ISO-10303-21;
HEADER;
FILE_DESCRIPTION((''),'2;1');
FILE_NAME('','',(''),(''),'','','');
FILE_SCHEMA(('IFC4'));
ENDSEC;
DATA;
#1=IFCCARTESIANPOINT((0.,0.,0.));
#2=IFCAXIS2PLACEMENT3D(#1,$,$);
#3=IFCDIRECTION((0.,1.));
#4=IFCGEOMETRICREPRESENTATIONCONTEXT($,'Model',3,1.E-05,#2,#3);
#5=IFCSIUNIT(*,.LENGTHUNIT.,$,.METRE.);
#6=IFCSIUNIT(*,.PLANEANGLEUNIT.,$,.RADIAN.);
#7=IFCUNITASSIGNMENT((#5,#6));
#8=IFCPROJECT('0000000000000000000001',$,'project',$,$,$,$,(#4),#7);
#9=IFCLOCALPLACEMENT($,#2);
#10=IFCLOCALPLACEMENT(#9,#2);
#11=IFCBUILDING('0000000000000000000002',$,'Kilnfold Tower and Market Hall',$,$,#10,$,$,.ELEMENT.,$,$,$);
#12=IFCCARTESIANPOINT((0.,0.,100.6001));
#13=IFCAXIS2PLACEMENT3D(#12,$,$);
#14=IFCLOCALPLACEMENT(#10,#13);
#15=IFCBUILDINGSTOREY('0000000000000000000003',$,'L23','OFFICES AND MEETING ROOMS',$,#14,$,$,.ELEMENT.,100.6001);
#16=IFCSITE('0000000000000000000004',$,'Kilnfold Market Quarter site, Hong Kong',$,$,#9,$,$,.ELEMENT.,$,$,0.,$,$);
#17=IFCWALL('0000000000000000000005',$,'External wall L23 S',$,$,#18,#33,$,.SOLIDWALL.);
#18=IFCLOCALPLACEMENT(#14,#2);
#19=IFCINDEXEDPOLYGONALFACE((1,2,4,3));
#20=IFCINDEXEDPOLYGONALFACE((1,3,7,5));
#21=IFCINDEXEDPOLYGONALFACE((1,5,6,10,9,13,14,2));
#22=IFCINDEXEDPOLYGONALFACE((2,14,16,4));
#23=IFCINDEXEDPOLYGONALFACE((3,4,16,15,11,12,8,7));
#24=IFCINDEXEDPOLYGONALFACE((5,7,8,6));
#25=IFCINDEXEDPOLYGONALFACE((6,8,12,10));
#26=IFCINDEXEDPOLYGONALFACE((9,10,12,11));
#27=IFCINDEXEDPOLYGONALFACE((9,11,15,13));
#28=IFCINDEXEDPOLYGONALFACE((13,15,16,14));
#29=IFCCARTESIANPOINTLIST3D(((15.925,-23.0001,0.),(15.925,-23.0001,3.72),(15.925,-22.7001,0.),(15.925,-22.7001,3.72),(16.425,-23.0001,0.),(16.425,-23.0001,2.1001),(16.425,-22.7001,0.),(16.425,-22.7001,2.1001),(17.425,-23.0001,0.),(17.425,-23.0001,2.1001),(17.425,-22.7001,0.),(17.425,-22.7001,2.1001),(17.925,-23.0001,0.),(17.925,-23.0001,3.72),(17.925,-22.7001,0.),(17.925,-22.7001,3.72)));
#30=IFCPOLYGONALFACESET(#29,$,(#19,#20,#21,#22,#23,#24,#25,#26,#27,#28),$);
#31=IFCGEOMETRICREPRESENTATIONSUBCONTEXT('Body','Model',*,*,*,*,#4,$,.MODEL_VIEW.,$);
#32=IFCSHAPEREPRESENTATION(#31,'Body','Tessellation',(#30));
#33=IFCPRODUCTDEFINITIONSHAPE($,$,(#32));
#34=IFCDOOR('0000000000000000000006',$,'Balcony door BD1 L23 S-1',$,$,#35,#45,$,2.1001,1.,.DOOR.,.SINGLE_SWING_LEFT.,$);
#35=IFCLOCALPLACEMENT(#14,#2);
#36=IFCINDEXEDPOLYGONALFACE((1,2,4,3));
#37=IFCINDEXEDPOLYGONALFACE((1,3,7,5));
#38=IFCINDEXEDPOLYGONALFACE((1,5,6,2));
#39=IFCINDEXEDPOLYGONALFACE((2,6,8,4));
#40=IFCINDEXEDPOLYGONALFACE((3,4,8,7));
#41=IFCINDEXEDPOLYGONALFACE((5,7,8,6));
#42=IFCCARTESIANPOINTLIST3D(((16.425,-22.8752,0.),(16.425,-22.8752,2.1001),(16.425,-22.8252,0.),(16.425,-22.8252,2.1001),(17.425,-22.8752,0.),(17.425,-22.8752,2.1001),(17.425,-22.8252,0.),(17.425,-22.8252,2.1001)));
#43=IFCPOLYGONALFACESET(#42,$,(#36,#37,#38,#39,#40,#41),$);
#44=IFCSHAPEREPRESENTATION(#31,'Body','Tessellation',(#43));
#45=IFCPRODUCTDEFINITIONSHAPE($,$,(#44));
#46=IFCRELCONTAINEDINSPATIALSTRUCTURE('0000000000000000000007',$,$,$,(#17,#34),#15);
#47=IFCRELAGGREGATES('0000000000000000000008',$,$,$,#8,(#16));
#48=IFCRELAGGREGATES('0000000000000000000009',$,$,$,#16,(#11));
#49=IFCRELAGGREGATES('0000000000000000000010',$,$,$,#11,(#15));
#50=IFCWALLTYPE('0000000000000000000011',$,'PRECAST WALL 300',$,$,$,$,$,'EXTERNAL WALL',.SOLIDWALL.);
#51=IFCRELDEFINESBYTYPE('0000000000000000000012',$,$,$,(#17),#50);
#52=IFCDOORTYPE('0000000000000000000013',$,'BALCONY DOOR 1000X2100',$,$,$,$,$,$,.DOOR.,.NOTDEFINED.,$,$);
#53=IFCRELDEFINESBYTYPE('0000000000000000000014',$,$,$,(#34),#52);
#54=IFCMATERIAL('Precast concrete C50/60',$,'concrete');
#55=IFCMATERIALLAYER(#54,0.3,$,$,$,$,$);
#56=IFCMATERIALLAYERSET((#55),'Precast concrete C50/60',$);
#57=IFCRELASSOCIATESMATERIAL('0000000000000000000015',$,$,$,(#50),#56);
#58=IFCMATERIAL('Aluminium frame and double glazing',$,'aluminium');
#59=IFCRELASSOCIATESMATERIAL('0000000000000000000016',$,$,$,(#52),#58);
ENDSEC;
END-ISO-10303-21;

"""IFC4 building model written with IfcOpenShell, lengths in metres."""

from ifc_helpers import new_model, si_unit, direction, frame, frame_2d, origin, place, context, subcontext, project, spatial, rectangle, extrude, source, transform, mapped, material, layer, layer_set, type_object, element, fill, save


model = new_model("IFC4")

# Units and contexts
model_context = context("Model", 3, precision=1e-05, world=origin(), true_north=direction((0.0, 1.0)))
body_context = subcontext(model_context, "Body", "Model", "MODEL_VIEW")
ifc_project = project(units=[si_unit("LENGTHUNIT", "METRE"), si_unit("PLANEANGLEUNIT", "RADIAN")], contexts=[model_context])

# Site, building, storey
site_placement = place(None, origin())
site = spatial("IfcSite", under=ifc_project, at=site_placement, Name="Kilnfold Market Quarter site, Hong Kong", CompositionType="ELEMENT", RefElevation=0.0)
building_placement = place(site_placement, origin())
building = spatial("IfcBuilding", under=site, at=building_placement, Name="Kilnfold Tower and Market Hall", CompositionType="ELEMENT")
storey_placement = place(building_placement, frame((0.0, 0.0, 100.6001)))
storey = spatial("IfcBuildingStorey", under=building, at=storey_placement, Name="L23", Description="OFFICES AND MEETING ROOMS", CompositionType="ELEMENT", Elevation=100.6001)

# Wall, opening, door
ifc_material_1 = material(Name="Precast concrete C50/60", Category="concrete")
ifc_layer_1 = layer(ifc_material_1, 0.3)
ifc_layer_set_1 = layer_set([ifc_layer_1], Name="Precast concrete C50/60")
wall_type_1 = type_object("IfcWallType", Name="PRECAST WALL 300", ElementType="EXTERNAL WALL", PredefinedType="SOLIDWALL", material=ifc_layer_set_1)
shared_shape_1 = source(origin(), body_context, "Body", "SweptSolid", [
    extrude(rectangle(XDim=2.0, YDim=0.3, at=frame_2d((1.0, 0.0))), origin(), (0.0, 0.0, 1.0), 3.72),
])
ifc_material_2 = material(Name="Aluminium frame and double glazing", Category="aluminium")
door_type = type_object("IfcDoorType", Name="BALCONY DOOR 1000X2100", OperationType="NOTDEFINED", PredefinedType="DOOR", material=ifc_material_2)
wall_1_placement = place(storey_placement, frame((15.925, -22.8501, 0.0), z_axis=(0.0, 0.0, 1.0), x_axis=(1.0, 0.0, 0.0)))
wall_1 = element("IfcWall", 1, at=wall_1_placement, inside=storey, type_object=wall_type_1, Name="External wall L23 S", PredefinedType="SOLIDWALL", context=body_context, shape_type="MappedRepresentation", body=[
    mapped(shared_shape_1, transform((0.0, 0.0, 0.0))),
])
opening_1_placement = place(wall_1_placement, frame((0.5, 0.0, 0.0)))
opening_1 = element("IfcOpeningElement", 2, at=opening_1_placement, cuts=wall_1, PredefinedType="OPENING", context=body_context, shape_type="SweptSolid", body=[
    extrude(rectangle(XDim=1.0, YDim=2.1001, at=frame_2d((0.5, 1.05))), frame((0.0, 0.1602, 0.0), z_axis=(0.0, -1.0, 0.0), x_axis=(1.0, 0.0, 0.0)), (0.0, 0.0, 1.0), 0.3201),
])
door_1_placement = place(opening_1_placement, origin())
door_1 = element("IfcDoor", 3, at=door_1_placement, inside=storey, type_object=door_type, Name="Balcony door BD1 L23 S-1", OperationType="SINGLE_SWING_LEFT", OverallHeight=2.1001, OverallWidth=1.0, PredefinedType="DOOR", context=body_context, shape_type="SweptSolid", body=[
    extrude(rectangle(XDim=1.0, YDim=2.1001, at=frame_2d((0.5, 1.05))), frame((0.0, 0.0249, 0.0), z_axis=(0.0, -1.0, 0.0), x_axis=(1.0, 0.0, 0.0)), (0.0, 0.0, 1.0), 0.05),
])
fill(opening_1, door_1)

save(model, "model.ifc")
